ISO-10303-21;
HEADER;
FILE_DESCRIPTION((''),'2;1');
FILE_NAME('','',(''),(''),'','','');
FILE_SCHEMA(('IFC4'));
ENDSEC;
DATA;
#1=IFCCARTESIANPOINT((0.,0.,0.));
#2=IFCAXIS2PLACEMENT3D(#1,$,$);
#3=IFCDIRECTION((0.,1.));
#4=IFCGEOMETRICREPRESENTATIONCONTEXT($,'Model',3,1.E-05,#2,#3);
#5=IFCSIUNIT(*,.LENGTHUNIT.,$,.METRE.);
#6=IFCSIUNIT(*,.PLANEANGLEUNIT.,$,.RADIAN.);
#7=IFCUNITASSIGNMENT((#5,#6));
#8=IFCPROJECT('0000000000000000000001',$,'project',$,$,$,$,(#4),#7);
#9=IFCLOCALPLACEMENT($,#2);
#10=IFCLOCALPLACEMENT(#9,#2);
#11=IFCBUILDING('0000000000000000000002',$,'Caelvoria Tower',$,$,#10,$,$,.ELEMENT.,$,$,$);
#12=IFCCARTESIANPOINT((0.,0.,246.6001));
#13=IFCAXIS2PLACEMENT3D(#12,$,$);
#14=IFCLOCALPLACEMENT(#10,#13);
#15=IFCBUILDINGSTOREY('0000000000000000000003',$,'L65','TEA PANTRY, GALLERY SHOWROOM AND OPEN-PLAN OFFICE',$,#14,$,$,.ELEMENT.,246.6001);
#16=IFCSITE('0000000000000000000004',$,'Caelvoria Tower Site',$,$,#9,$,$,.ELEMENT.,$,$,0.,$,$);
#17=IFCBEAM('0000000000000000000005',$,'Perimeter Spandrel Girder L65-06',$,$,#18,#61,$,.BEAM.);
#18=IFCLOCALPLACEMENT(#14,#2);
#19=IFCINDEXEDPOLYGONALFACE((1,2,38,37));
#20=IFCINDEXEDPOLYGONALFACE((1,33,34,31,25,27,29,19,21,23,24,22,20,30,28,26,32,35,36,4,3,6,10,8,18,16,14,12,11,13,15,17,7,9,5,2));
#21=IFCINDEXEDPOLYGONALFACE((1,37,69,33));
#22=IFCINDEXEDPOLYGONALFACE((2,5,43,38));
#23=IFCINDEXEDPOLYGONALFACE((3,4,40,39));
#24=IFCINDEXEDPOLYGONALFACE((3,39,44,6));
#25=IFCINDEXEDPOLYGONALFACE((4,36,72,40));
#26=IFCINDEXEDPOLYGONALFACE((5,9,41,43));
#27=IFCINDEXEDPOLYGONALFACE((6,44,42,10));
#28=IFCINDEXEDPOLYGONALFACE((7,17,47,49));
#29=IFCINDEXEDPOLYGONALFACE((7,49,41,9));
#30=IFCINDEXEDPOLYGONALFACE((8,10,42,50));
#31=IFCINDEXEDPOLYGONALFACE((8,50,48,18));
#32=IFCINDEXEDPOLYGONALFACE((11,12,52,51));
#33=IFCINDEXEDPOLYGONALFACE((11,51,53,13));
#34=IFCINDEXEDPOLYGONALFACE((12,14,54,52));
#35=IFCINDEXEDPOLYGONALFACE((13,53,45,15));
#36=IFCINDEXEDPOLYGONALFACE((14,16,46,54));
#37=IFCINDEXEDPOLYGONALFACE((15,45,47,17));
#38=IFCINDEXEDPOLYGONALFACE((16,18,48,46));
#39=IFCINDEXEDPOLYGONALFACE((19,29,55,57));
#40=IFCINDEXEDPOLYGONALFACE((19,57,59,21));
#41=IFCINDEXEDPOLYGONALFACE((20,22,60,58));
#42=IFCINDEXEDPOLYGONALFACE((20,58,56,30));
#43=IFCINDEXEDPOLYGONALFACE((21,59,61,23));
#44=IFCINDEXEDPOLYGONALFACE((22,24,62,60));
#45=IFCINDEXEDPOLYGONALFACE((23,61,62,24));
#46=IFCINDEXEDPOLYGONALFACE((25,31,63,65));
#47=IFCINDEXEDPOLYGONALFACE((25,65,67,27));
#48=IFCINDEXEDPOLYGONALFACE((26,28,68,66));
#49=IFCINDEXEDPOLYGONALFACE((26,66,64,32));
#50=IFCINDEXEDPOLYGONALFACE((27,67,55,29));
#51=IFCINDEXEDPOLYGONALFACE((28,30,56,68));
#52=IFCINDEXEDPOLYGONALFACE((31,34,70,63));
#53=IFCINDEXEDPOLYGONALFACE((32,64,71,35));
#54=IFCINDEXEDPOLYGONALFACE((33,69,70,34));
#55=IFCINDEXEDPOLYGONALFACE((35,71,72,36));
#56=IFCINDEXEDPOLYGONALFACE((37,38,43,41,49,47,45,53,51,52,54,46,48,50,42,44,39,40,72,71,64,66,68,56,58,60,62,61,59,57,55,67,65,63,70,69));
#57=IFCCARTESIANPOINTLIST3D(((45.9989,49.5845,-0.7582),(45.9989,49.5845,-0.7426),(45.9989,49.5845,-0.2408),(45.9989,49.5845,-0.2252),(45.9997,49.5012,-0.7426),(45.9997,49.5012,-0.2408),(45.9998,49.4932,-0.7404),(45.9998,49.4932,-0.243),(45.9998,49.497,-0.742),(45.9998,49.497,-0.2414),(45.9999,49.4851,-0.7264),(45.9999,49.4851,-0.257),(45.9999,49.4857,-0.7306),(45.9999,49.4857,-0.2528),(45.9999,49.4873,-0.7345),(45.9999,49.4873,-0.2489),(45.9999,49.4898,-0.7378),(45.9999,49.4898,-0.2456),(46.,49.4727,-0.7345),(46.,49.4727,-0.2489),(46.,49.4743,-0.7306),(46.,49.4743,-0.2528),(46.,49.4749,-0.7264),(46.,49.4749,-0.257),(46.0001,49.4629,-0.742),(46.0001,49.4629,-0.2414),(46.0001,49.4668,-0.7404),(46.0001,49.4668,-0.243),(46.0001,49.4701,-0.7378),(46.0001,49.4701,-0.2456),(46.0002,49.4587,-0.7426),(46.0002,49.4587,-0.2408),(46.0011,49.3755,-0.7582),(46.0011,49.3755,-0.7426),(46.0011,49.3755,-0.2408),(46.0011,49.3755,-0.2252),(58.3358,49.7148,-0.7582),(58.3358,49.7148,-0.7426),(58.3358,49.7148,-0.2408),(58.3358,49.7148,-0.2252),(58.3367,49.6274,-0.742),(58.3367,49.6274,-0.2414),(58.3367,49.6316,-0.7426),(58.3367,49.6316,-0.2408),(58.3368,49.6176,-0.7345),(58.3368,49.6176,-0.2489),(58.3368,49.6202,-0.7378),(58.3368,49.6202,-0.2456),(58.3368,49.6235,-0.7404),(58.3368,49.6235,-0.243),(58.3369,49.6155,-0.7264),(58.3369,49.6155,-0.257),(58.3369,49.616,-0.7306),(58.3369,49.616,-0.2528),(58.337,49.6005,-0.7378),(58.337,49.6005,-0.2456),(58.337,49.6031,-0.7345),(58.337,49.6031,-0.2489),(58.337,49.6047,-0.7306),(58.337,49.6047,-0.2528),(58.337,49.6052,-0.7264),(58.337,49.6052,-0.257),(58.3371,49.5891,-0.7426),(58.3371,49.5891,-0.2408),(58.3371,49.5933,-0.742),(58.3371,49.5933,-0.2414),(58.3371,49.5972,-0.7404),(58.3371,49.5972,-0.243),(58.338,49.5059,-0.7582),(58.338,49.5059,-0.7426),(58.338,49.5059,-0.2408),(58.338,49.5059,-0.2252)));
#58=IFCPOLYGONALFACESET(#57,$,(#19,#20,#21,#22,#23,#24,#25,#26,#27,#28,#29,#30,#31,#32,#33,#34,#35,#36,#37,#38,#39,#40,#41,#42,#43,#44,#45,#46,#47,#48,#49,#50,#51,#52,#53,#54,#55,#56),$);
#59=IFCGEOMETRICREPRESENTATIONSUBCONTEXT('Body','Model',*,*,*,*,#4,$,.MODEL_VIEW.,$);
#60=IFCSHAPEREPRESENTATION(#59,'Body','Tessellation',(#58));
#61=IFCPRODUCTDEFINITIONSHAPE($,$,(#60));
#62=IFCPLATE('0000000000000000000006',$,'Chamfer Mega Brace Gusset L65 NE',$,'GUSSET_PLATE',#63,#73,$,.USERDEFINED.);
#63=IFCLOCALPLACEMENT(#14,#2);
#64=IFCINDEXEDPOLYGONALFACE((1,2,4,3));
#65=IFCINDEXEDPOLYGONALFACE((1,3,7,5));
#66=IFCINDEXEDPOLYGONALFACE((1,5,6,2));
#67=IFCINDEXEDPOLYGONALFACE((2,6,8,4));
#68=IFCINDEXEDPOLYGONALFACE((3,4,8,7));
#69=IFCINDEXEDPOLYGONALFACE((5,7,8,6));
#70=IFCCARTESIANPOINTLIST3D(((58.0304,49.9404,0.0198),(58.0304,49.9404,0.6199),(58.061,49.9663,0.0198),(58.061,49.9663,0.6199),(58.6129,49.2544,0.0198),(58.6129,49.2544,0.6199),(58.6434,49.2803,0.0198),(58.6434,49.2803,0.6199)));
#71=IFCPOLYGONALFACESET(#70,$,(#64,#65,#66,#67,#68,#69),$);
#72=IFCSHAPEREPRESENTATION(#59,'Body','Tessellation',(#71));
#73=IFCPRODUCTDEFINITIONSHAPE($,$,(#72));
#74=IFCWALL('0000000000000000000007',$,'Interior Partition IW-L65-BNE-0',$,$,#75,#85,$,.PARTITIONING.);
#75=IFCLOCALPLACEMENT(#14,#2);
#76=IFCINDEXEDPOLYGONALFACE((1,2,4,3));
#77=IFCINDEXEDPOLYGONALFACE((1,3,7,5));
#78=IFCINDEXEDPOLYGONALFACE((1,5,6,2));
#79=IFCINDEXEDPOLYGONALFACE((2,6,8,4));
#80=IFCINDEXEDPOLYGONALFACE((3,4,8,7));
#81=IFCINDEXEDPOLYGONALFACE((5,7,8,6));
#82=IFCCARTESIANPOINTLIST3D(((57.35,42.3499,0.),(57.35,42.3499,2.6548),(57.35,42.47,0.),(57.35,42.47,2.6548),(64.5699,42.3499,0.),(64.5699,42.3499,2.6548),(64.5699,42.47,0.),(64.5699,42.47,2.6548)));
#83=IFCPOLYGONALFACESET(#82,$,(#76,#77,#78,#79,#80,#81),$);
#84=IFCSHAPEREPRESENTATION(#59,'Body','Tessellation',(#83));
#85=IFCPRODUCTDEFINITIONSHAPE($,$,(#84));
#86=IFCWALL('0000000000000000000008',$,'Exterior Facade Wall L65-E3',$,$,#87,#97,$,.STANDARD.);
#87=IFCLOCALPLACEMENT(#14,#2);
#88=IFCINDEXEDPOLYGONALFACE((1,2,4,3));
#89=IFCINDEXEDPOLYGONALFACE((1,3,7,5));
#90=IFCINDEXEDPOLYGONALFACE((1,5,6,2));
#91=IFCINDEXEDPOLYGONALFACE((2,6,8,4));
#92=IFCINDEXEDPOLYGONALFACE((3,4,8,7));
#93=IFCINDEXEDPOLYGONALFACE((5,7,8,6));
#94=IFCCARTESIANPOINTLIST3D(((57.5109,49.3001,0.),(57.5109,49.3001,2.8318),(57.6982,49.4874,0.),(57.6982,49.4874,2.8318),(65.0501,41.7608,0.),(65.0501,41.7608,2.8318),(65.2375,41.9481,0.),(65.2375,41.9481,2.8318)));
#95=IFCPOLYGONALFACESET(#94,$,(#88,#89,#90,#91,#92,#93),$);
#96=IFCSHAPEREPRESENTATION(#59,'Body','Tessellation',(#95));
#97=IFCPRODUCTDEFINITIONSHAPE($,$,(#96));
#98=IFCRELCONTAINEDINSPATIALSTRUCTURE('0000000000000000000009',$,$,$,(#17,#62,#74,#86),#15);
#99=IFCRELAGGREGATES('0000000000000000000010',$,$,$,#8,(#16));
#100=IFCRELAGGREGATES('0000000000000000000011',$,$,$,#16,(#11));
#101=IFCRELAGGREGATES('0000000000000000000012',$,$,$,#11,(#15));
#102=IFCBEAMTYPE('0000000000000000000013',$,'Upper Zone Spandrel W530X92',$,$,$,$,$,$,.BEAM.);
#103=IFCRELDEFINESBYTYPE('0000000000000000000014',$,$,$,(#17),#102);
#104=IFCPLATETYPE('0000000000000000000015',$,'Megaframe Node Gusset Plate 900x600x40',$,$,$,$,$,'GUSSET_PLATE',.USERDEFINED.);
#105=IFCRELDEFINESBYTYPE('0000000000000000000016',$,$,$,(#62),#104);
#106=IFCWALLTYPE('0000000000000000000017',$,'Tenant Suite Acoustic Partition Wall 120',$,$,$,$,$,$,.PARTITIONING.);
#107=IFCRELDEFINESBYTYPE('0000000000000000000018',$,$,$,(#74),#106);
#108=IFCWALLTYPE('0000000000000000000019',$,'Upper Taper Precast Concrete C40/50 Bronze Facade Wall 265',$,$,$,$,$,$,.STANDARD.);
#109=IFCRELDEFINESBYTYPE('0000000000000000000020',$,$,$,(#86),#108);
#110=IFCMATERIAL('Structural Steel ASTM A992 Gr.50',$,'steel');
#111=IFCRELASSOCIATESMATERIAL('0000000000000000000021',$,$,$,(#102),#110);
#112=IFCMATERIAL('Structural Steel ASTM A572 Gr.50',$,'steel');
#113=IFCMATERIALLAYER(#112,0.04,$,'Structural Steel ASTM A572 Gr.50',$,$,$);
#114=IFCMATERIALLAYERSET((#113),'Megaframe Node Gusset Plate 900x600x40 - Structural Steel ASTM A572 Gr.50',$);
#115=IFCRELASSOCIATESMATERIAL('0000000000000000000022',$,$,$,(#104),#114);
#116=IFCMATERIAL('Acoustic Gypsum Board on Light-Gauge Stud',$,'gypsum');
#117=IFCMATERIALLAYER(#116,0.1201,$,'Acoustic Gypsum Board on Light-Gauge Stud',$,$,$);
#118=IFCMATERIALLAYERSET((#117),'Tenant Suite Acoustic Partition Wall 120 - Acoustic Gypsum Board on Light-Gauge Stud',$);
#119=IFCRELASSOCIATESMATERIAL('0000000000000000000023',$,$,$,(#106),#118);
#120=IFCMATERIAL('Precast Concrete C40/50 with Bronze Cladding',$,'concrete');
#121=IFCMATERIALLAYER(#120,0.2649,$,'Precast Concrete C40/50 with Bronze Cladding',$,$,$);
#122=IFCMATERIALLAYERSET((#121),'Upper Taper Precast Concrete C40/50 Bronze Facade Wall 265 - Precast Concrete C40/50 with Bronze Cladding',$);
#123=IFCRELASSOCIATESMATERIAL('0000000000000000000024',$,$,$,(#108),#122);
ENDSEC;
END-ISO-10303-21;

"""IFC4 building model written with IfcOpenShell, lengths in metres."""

from ifc_helpers import new_model, si_unit, direction, frame, frame_2d, origin, origin_2d, place, context, subcontext, project, spatial, rectangle, i_section, extrude, material, layer, layer_set, material_profile, profile_set, type_object, element, save


model = new_model("IFC4")

# Units and contexts
model_context = context("Model", 3, precision=1e-05, world=origin(), true_north=direction((0.0, 1.0)))
body_context = subcontext(model_context, "Body", "Model", "MODEL_VIEW")
ifc_project = project(units=[si_unit("LENGTHUNIT", "METRE"), si_unit("PLANEANGLEUNIT", "RADIAN")], contexts=[model_context])

# Site, building, storey
site_placement = place(None, origin())
site = spatial("IfcSite", under=ifc_project, at=site_placement, Name="Caelvoria Tower Site", CompositionType="ELEMENT", RefElevation=0.0)
building_placement = place(site_placement, origin())
building = spatial("IfcBuilding", under=site, at=building_placement, Name="Caelvoria Tower", CompositionType="ELEMENT")
storey_placement = place(building_placement, frame((0.0, 0.0, 246.6001)))
storey = spatial("IfcBuildingStorey", under=building, at=storey_placement, Name="L65", Description="TEA PANTRY, GALLERY SHOWROOM AND OPEN-PLAN OFFICE", CompositionType="ELEMENT", Elevation=246.6001)

# Shared definitions
ifc_material_1 = material(Name="Structural Steel ASTM A572 Gr.50", Category="steel")

# Shared definitions
ifc_material_2 = material(Name="Structural Steel ASTM A992 Gr.50", Category="steel")

# Beam
ifc_material_profile_1 = material_profile(ifc_material_2, i_section(OverallWidth=0.209, OverallDepth=0.533, WebThickness=0.0103, FlangeThickness=0.0156, FilletRadius=0.0161, at=origin_2d()), Name="Structural Steel ASTM A992 Gr.50")
ifc_profile_set_1 = profile_set([ifc_material_profile_1], Name="W530X92 - Structural Steel ASTM A992 Gr.50")
beam_type_1 = type_object("IfcBeamType", Name="Upper Zone Spandrel W530X92", PredefinedType="BEAM", material=ifc_profile_set_1)
beam_1_placement = place(storey_placement, frame((58.3369, 49.6104, -0.4917), z_axis=(-0.999944, -0.010567, 0.0), x_axis=(0.010567, -0.999944, 0.0)))
element("IfcBeam", 1, at=beam_1_placement, inside=storey, type_object=beam_type_1, Name="Perimeter Spandrel Girder L65-06", PredefinedType="BEAM", context=body_context, shape_type="SweptSolid", body=[
    extrude(i_section(OverallWidth=0.209, OverallDepth=0.533, WebThickness=0.0103, FlangeThickness=0.0156, FilletRadius=0.0161, at=origin_2d()), origin(), (0.0, 0.0, 1.0), 12.3376),
])

# Plate
ifc_layer_1 = layer(ifc_material_1, 0.04, Name="Structural Steel ASTM A572 Gr.50")
ifc_layer_set_1 = layer_set([ifc_layer_1], Name="Megaframe Node Gusset Plate 900x600x40 - Structural Steel ASTM A572 Gr.50")
plate_type = type_object("IfcPlateType", Name="Megaframe Node Gusset Plate 900x600x40", ElementType="GUSSET_PLATE", PredefinedType="USERDEFINED", material=ifc_layer_set_1)
plate_placement = place(storey_placement, frame((58.3369, 49.6104, 0.0198), z_axis=(0.0, 0.0, 1.0), x_axis=(0.647213, -0.762309, 0.0)))
element("IfcPlate", 2, at=plate_placement, inside=storey, type_object=plate_type, Name="Chamfer Mega Brace Gusset L65 NE", ObjectType="GUSSET_PLATE", PredefinedType="USERDEFINED", context=body_context, shape_type="SweptSolid", body=[
    extrude(rectangle(XDim=0.8999, YDim=0.04, at=origin_2d()), origin(), (0.0, 0.0, 1.0), 0.6001),
])

# Walls
ifc_material_3 = material(Name="Acoustic Gypsum Board on Light-Gauge Stud", Category="gypsum")
ifc_layer_2 = layer(ifc_material_3, 0.1201, Name="Acoustic Gypsum Board on Light-Gauge Stud")
ifc_layer_set_2 = layer_set([ifc_layer_2], Name="Tenant Suite Acoustic Partition Wall 120 - Acoustic Gypsum Board on Light-Gauge Stud")
wall_type_1 = type_object("IfcWallType", Name="Tenant Suite Acoustic Partition Wall 120", PredefinedType="PARTITIONING", material=ifc_layer_set_2)
wall_1_placement = place(storey_placement, frame((57.3501, 42.4099, 0.0), z_axis=(0.0, 0.0, 1.0), x_axis=(1.0, 0.0, 0.0)))
element("IfcWall", 3, at=wall_1_placement, inside=storey, type_object=wall_type_1, Name="Interior Partition IW-L65-BNE-0", PredefinedType="PARTITIONING", context=body_context, shape_type="SweptSolid", body=[
    extrude(rectangle(XDim=7.22, YDim=0.1201, at=frame_2d((3.6099, 0.0))), origin(), (0.0, 0.0, 1.0), 2.6548),
])
ifc_material_4 = material(Name="Precast Concrete C40/50 with Bronze Cladding", Category="concrete")
ifc_layer_3 = layer(ifc_material_4, 0.2649, Name="Precast Concrete C40/50 with Bronze Cladding")
ifc_layer_set_3 = layer_set([ifc_layer_3], Name="Upper Taper Precast Concrete C40/50 Bronze Facade Wall 265 - Precast Concrete C40/50 with Bronze Cladding")
wall_type_2 = type_object("IfcWallType", Name="Upper Taper Precast Concrete C40/50 Bronze Facade Wall 265", PredefinedType="STANDARD", material=ifc_layer_set_3)
wall_2_placement = place(storey_placement, frame((65.1438, 41.8545, 0.0), z_axis=(0.0, 0.0, 1.0), x_axis=(-0.707107, 0.707107, 0.0)))
element("IfcWall", 4, at=wall_2_placement, inside=storey, type_object=wall_type_2, Name="Exterior Facade Wall L65-E3", PredefinedType="STANDARD", context=body_context, shape_type="SweptSolid", body=[
    extrude(rectangle(XDim=10.6621, YDim=0.2649, at=frame_2d((5.3311, 0.0))), origin(), (0.0, 0.0, 1.0), 2.8318),
])

save(model, "model.ifc")
